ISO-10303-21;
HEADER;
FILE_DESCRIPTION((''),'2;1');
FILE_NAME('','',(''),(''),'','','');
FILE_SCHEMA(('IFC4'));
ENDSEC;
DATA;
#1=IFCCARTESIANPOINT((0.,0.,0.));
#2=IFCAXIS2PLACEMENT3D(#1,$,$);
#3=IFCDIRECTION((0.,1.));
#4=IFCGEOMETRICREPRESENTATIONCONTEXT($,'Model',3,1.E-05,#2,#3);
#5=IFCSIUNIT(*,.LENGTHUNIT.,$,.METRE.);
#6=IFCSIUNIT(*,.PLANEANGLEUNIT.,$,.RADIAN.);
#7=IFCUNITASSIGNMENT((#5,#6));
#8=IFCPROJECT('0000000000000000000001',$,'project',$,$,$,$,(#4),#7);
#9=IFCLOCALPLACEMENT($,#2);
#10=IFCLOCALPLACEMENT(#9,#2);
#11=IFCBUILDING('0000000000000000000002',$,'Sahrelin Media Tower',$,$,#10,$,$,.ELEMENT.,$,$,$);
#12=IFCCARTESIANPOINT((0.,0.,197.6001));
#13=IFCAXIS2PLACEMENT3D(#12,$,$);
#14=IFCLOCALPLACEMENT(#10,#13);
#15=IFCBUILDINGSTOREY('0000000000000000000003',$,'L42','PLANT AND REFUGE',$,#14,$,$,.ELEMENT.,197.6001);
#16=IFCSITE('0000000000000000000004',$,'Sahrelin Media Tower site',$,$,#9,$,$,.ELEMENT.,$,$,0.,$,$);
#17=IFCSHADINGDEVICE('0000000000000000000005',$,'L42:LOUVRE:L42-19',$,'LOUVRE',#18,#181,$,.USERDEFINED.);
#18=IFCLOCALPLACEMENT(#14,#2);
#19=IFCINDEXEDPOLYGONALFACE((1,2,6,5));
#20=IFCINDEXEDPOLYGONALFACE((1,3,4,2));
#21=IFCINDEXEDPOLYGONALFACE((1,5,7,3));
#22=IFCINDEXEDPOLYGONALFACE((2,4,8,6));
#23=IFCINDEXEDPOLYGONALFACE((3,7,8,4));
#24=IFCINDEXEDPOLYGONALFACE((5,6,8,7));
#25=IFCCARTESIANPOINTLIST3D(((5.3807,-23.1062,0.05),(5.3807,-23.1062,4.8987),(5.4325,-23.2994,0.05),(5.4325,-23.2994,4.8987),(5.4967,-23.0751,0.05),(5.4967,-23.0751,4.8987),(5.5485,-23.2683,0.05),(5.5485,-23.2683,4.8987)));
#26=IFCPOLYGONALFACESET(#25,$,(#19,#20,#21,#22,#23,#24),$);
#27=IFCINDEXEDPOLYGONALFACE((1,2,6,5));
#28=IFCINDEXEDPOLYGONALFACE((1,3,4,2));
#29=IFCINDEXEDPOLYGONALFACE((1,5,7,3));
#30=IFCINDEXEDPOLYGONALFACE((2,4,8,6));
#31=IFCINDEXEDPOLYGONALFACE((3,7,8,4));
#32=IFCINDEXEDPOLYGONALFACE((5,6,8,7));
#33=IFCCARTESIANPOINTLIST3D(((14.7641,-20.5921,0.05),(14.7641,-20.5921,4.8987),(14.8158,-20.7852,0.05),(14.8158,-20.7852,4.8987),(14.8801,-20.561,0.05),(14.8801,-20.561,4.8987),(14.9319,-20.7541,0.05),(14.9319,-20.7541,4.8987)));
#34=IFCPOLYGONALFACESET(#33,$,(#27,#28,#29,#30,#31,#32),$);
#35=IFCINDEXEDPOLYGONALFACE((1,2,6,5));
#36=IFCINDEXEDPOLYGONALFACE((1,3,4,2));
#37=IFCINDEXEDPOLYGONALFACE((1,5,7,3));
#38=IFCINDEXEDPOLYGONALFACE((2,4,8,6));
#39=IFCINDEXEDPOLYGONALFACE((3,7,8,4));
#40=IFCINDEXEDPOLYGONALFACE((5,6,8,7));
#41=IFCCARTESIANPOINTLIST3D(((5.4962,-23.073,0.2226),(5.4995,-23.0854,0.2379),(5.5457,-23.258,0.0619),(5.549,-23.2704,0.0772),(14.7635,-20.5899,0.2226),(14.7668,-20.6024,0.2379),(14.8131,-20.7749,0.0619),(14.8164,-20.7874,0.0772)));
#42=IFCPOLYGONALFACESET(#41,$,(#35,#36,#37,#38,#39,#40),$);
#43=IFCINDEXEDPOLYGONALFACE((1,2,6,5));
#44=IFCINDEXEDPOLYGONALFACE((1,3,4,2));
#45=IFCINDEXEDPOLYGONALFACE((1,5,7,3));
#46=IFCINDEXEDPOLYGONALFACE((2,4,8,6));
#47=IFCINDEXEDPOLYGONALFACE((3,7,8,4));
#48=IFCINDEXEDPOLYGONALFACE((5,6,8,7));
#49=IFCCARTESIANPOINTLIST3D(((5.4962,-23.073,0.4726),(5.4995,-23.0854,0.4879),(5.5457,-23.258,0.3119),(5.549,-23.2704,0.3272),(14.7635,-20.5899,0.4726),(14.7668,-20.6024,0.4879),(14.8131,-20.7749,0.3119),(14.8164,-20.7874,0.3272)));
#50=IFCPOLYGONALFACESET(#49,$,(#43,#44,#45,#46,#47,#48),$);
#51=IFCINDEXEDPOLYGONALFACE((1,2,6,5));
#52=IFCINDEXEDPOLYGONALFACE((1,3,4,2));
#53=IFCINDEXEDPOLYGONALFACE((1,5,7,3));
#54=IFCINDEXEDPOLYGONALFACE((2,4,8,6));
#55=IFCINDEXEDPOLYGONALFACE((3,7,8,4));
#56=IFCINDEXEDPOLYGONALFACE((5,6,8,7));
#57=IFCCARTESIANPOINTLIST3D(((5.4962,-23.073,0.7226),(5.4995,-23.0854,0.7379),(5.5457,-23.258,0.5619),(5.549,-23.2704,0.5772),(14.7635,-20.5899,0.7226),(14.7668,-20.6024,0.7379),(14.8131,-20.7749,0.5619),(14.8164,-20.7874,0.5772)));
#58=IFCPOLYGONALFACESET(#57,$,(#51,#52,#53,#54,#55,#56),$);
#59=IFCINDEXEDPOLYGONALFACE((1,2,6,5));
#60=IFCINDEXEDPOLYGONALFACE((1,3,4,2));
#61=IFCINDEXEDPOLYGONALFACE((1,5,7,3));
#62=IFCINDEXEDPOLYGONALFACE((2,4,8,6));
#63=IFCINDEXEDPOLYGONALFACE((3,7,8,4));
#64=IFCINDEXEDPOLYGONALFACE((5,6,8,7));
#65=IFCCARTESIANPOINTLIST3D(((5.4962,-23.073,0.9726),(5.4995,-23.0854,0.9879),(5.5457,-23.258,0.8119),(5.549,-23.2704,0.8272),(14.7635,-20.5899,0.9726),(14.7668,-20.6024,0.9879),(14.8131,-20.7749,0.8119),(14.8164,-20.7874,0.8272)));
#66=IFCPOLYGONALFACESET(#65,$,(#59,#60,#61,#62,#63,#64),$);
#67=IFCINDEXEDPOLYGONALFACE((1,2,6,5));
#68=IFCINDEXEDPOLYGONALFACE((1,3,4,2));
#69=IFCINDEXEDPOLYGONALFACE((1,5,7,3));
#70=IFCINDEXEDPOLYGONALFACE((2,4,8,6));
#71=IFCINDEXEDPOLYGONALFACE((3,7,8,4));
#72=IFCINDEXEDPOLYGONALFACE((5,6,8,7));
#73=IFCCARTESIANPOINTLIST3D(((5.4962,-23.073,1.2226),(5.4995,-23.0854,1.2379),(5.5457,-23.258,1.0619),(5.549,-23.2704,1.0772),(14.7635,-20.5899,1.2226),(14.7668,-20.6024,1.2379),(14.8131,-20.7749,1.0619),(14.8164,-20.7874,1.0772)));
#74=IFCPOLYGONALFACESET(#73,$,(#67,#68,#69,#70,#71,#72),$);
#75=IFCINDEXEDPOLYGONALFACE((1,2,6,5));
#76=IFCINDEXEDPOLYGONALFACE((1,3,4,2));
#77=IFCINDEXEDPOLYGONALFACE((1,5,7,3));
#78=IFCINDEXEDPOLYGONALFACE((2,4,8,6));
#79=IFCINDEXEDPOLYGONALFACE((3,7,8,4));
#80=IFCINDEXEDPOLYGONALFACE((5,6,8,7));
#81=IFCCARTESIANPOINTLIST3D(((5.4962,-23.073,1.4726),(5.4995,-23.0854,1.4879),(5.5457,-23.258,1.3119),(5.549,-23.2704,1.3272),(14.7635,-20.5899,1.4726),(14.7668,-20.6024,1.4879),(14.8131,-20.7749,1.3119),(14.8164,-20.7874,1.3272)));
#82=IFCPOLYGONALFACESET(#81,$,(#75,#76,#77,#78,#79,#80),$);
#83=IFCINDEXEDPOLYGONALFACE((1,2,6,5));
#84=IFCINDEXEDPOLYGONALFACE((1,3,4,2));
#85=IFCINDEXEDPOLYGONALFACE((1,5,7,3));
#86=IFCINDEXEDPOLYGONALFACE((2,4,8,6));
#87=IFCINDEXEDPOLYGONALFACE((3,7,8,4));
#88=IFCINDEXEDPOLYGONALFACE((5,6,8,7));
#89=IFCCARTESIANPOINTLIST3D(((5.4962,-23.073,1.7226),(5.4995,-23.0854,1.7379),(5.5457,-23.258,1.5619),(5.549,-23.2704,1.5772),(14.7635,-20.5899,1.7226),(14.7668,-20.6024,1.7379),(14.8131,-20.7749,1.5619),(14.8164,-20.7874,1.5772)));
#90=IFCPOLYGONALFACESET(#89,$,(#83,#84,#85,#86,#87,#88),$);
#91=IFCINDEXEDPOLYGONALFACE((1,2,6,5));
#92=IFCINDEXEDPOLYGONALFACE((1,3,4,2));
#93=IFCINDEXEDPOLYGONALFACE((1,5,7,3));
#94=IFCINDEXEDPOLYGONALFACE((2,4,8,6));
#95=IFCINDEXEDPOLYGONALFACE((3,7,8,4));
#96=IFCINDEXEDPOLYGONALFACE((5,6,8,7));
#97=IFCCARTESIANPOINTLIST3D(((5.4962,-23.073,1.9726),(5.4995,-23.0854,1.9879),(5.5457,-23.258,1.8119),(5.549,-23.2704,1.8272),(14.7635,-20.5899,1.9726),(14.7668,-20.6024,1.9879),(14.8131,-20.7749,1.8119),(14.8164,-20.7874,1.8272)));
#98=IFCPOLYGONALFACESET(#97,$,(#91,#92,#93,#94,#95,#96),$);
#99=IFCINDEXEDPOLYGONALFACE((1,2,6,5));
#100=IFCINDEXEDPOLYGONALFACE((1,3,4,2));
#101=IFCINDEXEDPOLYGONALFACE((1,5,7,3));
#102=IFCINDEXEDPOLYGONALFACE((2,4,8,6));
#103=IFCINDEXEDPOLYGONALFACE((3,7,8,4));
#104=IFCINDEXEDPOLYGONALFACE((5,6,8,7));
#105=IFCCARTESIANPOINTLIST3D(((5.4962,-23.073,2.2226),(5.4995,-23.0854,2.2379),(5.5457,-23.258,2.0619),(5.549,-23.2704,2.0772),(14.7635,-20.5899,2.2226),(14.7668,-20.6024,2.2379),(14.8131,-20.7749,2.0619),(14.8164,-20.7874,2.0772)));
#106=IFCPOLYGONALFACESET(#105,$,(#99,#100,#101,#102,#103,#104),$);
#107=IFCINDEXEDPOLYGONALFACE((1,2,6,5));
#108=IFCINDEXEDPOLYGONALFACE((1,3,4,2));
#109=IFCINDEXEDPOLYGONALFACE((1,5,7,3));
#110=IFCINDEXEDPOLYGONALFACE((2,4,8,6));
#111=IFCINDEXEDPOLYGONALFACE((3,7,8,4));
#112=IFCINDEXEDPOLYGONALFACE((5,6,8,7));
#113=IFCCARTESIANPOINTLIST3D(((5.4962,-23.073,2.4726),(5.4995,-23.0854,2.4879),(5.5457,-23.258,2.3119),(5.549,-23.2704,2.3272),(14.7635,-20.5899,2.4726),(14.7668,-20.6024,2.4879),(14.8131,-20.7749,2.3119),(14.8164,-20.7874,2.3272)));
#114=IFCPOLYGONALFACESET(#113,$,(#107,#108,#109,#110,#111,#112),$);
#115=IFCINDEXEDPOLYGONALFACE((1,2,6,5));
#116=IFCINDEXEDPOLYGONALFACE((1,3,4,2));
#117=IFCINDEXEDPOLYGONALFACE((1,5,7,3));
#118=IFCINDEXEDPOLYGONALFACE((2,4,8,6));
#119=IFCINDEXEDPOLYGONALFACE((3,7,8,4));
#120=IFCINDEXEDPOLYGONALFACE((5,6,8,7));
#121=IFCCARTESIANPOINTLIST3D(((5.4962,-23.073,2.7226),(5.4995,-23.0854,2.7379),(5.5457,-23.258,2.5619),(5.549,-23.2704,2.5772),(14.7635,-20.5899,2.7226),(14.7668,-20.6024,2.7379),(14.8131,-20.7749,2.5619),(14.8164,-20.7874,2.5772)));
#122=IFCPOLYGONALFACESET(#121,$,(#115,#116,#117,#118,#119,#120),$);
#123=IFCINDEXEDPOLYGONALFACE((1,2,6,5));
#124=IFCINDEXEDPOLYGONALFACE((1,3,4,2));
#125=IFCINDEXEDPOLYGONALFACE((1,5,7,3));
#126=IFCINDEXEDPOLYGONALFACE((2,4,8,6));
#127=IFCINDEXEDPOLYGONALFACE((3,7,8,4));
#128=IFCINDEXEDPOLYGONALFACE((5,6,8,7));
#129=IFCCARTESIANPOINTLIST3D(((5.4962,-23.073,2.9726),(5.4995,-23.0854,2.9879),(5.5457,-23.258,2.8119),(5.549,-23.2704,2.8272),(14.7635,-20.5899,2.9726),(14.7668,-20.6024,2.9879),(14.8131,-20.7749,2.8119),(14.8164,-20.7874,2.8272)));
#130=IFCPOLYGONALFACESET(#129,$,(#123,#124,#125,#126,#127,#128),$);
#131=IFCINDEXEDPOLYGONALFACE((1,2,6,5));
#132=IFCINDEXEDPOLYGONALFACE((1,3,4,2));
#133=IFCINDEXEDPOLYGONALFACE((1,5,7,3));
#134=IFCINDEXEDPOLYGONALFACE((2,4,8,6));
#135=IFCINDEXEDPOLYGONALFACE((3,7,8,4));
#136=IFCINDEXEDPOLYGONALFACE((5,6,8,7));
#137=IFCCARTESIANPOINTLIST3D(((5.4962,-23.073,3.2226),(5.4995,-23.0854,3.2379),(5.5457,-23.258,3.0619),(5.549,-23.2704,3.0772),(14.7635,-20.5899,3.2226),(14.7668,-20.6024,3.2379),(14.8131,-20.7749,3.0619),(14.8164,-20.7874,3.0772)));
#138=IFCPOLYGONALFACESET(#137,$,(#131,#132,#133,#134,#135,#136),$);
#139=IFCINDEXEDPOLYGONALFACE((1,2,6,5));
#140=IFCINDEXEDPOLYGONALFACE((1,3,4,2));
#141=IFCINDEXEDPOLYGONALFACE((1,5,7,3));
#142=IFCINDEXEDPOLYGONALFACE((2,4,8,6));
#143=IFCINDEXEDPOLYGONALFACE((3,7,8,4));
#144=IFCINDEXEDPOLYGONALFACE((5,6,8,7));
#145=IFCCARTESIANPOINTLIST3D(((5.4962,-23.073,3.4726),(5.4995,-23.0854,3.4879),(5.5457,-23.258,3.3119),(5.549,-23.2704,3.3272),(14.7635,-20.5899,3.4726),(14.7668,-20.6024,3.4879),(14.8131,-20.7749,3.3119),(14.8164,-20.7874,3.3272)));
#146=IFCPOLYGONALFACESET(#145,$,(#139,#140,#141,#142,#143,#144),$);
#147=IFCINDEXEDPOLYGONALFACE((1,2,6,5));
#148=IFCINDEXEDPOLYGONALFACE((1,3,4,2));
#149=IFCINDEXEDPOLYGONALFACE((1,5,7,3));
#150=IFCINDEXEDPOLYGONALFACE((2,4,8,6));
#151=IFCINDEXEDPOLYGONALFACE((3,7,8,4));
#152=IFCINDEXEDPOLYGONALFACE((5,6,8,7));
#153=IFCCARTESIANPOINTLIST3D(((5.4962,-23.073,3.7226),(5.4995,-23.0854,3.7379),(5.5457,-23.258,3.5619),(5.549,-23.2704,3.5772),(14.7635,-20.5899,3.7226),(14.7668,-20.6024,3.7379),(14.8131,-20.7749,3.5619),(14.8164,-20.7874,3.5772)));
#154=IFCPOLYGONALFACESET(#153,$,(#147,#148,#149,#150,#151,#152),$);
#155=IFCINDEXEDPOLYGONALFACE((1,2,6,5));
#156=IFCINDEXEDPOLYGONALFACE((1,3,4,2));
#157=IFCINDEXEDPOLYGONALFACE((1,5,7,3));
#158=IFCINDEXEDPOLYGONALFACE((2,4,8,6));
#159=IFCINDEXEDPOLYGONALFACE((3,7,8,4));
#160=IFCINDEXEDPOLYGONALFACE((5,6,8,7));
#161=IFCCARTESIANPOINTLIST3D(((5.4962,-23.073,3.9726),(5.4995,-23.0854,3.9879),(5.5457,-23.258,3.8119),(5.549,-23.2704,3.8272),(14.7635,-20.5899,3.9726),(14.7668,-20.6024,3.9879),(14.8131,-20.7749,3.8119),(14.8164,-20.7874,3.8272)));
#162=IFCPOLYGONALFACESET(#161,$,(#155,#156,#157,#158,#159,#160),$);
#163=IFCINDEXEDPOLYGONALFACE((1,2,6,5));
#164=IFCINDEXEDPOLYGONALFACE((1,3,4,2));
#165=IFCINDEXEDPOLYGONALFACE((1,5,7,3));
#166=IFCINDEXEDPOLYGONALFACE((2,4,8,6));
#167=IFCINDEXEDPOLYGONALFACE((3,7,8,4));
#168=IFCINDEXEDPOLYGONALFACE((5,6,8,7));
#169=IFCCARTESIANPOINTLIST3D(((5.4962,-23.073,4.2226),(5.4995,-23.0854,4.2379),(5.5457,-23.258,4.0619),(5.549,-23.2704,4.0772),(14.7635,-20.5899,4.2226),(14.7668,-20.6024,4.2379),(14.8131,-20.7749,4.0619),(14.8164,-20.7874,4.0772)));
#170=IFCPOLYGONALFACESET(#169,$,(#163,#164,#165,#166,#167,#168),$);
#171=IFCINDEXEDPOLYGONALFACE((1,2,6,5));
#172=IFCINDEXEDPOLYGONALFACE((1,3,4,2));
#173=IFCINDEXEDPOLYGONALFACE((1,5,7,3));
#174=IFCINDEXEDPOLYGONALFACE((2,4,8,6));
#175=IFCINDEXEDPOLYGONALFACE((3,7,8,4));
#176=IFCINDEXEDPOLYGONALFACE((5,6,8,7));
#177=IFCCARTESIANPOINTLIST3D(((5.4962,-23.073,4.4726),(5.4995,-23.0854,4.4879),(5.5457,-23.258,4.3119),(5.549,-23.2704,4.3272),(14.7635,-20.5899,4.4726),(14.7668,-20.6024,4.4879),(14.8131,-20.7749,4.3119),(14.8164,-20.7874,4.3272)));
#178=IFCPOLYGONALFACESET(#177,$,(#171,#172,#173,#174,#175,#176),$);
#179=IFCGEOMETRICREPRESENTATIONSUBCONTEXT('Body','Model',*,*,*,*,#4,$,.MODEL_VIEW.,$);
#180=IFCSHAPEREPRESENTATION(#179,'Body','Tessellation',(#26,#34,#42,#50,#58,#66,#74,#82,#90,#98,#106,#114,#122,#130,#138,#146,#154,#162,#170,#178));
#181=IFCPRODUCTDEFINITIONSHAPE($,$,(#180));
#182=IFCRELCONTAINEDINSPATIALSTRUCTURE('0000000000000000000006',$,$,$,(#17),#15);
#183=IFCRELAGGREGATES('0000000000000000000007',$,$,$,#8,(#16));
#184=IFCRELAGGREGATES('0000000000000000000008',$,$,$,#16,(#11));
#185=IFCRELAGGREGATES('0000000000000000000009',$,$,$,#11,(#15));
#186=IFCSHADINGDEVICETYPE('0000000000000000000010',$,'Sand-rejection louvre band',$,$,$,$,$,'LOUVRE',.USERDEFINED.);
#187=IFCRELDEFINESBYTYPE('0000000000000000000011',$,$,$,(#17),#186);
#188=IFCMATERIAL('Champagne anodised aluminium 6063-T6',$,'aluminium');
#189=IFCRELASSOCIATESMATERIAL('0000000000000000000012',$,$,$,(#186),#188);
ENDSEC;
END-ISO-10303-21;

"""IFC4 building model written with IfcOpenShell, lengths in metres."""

from ifc_helpers import new_model, si_unit, direction, frame, origin, origin_2d, place, context, subcontext, project, spatial, rectangle, extrude, material, type_object, element, save


model = new_model("IFC4")

# Units and contexts
model_context = context("Model", 3, precision=1e-05, world=origin(), true_north=direction((0.0, 1.0)))
body_context = subcontext(model_context, "Body", "Model", "MODEL_VIEW")
ifc_project = project(units=[si_unit("LENGTHUNIT", "METRE"), si_unit("PLANEANGLEUNIT", "RADIAN")], contexts=[model_context])

# Site, building, storey
site_placement = place(None, origin())
site = spatial("IfcSite", under=ifc_project, at=site_placement, Name="Sahrelin Media Tower site", CompositionType="ELEMENT", RefElevation=0.0)
building_placement = place(site_placement, origin())
building = spatial("IfcBuilding", under=site, at=building_placement, Name="Sahrelin Media Tower", CompositionType="ELEMENT")
storey_placement = place(building_placement, frame((0.0, 0.0, 197.6001)))
storey = spatial("IfcBuildingStorey", under=building, at=storey_placement, Name="L42", Description="PLANT AND REFUGE", CompositionType="ELEMENT", Elevation=197.6001)

# Shading device
ifc_material_1 = material(Name="Champagne anodised aluminium 6063-T6", Category="aluminium")
shading_device_type = type_object("IfcShadingDeviceType", Name="Sand-rejection louvre band", ElementType="LOUVRE", PredefinedType="USERDEFINED", material=ifc_material_1)
shading_device_1_placement = place(storey_placement, frame((10.1304, -21.8335, 0.0), z_axis=(0.0, 0.0, 1.0), x_axis=(-0.965929, -0.258808, 0.0)))
element("IfcShadingDevice", 1, at=shading_device_1_placement, inside=storey, type_object=shading_device_type, Name="L42:LOUVRE:L42-19", ObjectType="LOUVRE", PredefinedType="USERDEFINED", context=body_context, shape_type="SweptSolid", body=[
    extrude(rectangle(XDim=0.1201, YDim=0.2, at=origin_2d()), frame((4.8572, 0.1001, 0.05), z_axis=(0.0, 0.0, 1.0), x_axis=(1.0, 0.0, 0.0)), (0.0, 0.0, 1.0), 4.8486),
    extrude(rectangle(XDim=0.1201, YDim=0.2, at=origin_2d()), frame((-4.8572, 0.1001, 0.05), z_axis=(0.0, 0.0, 1.0), x_axis=(1.0, 0.0, 0.0)), (0.0, 0.0, 1.0), 4.8486),
    extrude(rectangle(XDim=0.25, YDim=0.02, at=origin_2d()), frame((4.7971, 0.1001, 0.1499), z_axis=(-1.0, 0.0, 0.0), x_axis=(0.0, -0.766044, 0.642788)), (0.0, 0.0, 1.0), 9.5942),
    extrude(rectangle(XDim=0.25, YDim=0.02, at=origin_2d()), frame((4.7971, 0.1001, 0.3999), z_axis=(-1.0, 0.0, 0.0), x_axis=(0.0, -0.766044, 0.642788)), (0.0, 0.0, 1.0), 9.5942),
    extrude(rectangle(XDim=0.25, YDim=0.02, at=origin_2d()), frame((4.7971, 0.1001, 0.6499), z_axis=(-1.0, 0.0, 0.0), x_axis=(0.0, -0.766044, 0.642788)), (0.0, 0.0, 1.0), 9.5942),
    extrude(rectangle(XDim=0.25, YDim=0.02, at=origin_2d()), frame((4.7971, 0.1001, 0.8999), z_axis=(-1.0, 0.0, 0.0), x_axis=(0.0, -0.766044, 0.642788)), (0.0, 0.0, 1.0), 9.5942),
    extrude(rectangle(XDim=0.25, YDim=0.02, at=origin_2d()), frame((4.7971, 0.1001, 1.1499), z_axis=(-1.0, 0.0, 0.0), x_axis=(0.0, -0.766044, 0.642788)), (0.0, 0.0, 1.0), 9.5942),
    extrude(rectangle(XDim=0.25, YDim=0.02, at=origin_2d()), frame((4.7971, 0.1001, 1.3999), z_axis=(-1.0, 0.0, 0.0), x_axis=(0.0, -0.766044, 0.642788)), (0.0, 0.0, 1.0), 9.5942),
    extrude(rectangle(XDim=0.25, YDim=0.02, at=origin_2d()), frame((4.7971, 0.1001, 1.6499), z_axis=(-1.0, 0.0, 0.0), x_axis=(0.0, -0.766044, 0.642788)), (0.0, 0.0, 1.0), 9.5942),
    extrude(rectangle(XDim=0.25, YDim=0.02, at=origin_2d()), frame((4.7971, 0.1001, 1.8999), z_axis=(-1.0, 0.0, 0.0), x_axis=(0.0, -0.766044, 0.642788)), (0.0, 0.0, 1.0), 9.5942),
    extrude(rectangle(XDim=0.25, YDim=0.02, at=origin_2d()), frame((4.7971, 0.1001, 2.1499), z_axis=(-1.0, 0.0, 0.0), x_axis=(0.0, -0.766044, 0.642788)), (0.0, 0.0, 1.0), 9.5942),
    extrude(rectangle(XDim=0.25, YDim=0.02, at=origin_2d()), frame((4.7971, 0.1001, 2.3999), z_axis=(-1.0, 0.0, 0.0), x_axis=(0.0, -0.766044, 0.642788)), (0.0, 0.0, 1.0), 9.5942),
    extrude(rectangle(XDim=0.25, YDim=0.02, at=origin_2d()), frame((4.7971, 0.1001, 2.6499), z_axis=(-1.0, 0.0, 0.0), x_axis=(0.0, -0.766044, 0.642788)), (0.0, 0.0, 1.0), 9.5942),
    extrude(rectangle(XDim=0.25, YDim=0.02, at=origin_2d()), frame((4.7971, 0.1001, 2.8999), z_axis=(-1.0, 0.0, 0.0), x_axis=(0.0, -0.766044, 0.642788)), (0.0, 0.0, 1.0), 9.5942),
    extrude(rectangle(XDim=0.25, YDim=0.02, at=origin_2d()), frame((4.7971, 0.1001, 3.1499), z_axis=(-1.0, 0.0, 0.0), x_axis=(0.0, -0.766044, 0.642788)), (0.0, 0.0, 1.0), 9.5942),
    extrude(rectangle(XDim=0.25, YDim=0.02, at=origin_2d()), frame((4.7971, 0.1001, 3.3999), z_axis=(-1.0, 0.0, 0.0), x_axis=(0.0, -0.766044, 0.642788)), (0.0, 0.0, 1.0), 9.5942),
    extrude(rectangle(XDim=0.25, YDim=0.02, at=origin_2d()), frame((4.7971, 0.1001, 3.6499), z_axis=(-1.0, 0.0, 0.0), x_axis=(0.0, -0.766044, 0.642788)), (0.0, 0.0, 1.0), 9.5942),
    extrude(rectangle(XDim=0.25, YDim=0.02, at=origin_2d()), frame((4.7971, 0.1001, 3.8999), z_axis=(-1.0, 0.0, 0.0), x_axis=(0.0, -0.766044, 0.642788)), (0.0, 0.0, 1.0), 9.5942),
    extrude(rectangle(XDim=0.25, YDim=0.02, at=origin_2d()), frame((4.7971, 0.1001, 4.1499), z_axis=(-1.0, 0.0, 0.0), x_axis=(0.0, -0.766044, 0.642788)), (0.0, 0.0, 1.0), 9.5942),
    extrude(rectangle(XDim=0.25, YDim=0.02, at=origin_2d()), frame((4.7971, 0.1001, 4.3999), z_axis=(-1.0, 0.0, 0.0), x_axis=(0.0, -0.766044, 0.642788)), (0.0, 0.0, 1.0), 9.5942),
])

save(model, "model.ifc")
